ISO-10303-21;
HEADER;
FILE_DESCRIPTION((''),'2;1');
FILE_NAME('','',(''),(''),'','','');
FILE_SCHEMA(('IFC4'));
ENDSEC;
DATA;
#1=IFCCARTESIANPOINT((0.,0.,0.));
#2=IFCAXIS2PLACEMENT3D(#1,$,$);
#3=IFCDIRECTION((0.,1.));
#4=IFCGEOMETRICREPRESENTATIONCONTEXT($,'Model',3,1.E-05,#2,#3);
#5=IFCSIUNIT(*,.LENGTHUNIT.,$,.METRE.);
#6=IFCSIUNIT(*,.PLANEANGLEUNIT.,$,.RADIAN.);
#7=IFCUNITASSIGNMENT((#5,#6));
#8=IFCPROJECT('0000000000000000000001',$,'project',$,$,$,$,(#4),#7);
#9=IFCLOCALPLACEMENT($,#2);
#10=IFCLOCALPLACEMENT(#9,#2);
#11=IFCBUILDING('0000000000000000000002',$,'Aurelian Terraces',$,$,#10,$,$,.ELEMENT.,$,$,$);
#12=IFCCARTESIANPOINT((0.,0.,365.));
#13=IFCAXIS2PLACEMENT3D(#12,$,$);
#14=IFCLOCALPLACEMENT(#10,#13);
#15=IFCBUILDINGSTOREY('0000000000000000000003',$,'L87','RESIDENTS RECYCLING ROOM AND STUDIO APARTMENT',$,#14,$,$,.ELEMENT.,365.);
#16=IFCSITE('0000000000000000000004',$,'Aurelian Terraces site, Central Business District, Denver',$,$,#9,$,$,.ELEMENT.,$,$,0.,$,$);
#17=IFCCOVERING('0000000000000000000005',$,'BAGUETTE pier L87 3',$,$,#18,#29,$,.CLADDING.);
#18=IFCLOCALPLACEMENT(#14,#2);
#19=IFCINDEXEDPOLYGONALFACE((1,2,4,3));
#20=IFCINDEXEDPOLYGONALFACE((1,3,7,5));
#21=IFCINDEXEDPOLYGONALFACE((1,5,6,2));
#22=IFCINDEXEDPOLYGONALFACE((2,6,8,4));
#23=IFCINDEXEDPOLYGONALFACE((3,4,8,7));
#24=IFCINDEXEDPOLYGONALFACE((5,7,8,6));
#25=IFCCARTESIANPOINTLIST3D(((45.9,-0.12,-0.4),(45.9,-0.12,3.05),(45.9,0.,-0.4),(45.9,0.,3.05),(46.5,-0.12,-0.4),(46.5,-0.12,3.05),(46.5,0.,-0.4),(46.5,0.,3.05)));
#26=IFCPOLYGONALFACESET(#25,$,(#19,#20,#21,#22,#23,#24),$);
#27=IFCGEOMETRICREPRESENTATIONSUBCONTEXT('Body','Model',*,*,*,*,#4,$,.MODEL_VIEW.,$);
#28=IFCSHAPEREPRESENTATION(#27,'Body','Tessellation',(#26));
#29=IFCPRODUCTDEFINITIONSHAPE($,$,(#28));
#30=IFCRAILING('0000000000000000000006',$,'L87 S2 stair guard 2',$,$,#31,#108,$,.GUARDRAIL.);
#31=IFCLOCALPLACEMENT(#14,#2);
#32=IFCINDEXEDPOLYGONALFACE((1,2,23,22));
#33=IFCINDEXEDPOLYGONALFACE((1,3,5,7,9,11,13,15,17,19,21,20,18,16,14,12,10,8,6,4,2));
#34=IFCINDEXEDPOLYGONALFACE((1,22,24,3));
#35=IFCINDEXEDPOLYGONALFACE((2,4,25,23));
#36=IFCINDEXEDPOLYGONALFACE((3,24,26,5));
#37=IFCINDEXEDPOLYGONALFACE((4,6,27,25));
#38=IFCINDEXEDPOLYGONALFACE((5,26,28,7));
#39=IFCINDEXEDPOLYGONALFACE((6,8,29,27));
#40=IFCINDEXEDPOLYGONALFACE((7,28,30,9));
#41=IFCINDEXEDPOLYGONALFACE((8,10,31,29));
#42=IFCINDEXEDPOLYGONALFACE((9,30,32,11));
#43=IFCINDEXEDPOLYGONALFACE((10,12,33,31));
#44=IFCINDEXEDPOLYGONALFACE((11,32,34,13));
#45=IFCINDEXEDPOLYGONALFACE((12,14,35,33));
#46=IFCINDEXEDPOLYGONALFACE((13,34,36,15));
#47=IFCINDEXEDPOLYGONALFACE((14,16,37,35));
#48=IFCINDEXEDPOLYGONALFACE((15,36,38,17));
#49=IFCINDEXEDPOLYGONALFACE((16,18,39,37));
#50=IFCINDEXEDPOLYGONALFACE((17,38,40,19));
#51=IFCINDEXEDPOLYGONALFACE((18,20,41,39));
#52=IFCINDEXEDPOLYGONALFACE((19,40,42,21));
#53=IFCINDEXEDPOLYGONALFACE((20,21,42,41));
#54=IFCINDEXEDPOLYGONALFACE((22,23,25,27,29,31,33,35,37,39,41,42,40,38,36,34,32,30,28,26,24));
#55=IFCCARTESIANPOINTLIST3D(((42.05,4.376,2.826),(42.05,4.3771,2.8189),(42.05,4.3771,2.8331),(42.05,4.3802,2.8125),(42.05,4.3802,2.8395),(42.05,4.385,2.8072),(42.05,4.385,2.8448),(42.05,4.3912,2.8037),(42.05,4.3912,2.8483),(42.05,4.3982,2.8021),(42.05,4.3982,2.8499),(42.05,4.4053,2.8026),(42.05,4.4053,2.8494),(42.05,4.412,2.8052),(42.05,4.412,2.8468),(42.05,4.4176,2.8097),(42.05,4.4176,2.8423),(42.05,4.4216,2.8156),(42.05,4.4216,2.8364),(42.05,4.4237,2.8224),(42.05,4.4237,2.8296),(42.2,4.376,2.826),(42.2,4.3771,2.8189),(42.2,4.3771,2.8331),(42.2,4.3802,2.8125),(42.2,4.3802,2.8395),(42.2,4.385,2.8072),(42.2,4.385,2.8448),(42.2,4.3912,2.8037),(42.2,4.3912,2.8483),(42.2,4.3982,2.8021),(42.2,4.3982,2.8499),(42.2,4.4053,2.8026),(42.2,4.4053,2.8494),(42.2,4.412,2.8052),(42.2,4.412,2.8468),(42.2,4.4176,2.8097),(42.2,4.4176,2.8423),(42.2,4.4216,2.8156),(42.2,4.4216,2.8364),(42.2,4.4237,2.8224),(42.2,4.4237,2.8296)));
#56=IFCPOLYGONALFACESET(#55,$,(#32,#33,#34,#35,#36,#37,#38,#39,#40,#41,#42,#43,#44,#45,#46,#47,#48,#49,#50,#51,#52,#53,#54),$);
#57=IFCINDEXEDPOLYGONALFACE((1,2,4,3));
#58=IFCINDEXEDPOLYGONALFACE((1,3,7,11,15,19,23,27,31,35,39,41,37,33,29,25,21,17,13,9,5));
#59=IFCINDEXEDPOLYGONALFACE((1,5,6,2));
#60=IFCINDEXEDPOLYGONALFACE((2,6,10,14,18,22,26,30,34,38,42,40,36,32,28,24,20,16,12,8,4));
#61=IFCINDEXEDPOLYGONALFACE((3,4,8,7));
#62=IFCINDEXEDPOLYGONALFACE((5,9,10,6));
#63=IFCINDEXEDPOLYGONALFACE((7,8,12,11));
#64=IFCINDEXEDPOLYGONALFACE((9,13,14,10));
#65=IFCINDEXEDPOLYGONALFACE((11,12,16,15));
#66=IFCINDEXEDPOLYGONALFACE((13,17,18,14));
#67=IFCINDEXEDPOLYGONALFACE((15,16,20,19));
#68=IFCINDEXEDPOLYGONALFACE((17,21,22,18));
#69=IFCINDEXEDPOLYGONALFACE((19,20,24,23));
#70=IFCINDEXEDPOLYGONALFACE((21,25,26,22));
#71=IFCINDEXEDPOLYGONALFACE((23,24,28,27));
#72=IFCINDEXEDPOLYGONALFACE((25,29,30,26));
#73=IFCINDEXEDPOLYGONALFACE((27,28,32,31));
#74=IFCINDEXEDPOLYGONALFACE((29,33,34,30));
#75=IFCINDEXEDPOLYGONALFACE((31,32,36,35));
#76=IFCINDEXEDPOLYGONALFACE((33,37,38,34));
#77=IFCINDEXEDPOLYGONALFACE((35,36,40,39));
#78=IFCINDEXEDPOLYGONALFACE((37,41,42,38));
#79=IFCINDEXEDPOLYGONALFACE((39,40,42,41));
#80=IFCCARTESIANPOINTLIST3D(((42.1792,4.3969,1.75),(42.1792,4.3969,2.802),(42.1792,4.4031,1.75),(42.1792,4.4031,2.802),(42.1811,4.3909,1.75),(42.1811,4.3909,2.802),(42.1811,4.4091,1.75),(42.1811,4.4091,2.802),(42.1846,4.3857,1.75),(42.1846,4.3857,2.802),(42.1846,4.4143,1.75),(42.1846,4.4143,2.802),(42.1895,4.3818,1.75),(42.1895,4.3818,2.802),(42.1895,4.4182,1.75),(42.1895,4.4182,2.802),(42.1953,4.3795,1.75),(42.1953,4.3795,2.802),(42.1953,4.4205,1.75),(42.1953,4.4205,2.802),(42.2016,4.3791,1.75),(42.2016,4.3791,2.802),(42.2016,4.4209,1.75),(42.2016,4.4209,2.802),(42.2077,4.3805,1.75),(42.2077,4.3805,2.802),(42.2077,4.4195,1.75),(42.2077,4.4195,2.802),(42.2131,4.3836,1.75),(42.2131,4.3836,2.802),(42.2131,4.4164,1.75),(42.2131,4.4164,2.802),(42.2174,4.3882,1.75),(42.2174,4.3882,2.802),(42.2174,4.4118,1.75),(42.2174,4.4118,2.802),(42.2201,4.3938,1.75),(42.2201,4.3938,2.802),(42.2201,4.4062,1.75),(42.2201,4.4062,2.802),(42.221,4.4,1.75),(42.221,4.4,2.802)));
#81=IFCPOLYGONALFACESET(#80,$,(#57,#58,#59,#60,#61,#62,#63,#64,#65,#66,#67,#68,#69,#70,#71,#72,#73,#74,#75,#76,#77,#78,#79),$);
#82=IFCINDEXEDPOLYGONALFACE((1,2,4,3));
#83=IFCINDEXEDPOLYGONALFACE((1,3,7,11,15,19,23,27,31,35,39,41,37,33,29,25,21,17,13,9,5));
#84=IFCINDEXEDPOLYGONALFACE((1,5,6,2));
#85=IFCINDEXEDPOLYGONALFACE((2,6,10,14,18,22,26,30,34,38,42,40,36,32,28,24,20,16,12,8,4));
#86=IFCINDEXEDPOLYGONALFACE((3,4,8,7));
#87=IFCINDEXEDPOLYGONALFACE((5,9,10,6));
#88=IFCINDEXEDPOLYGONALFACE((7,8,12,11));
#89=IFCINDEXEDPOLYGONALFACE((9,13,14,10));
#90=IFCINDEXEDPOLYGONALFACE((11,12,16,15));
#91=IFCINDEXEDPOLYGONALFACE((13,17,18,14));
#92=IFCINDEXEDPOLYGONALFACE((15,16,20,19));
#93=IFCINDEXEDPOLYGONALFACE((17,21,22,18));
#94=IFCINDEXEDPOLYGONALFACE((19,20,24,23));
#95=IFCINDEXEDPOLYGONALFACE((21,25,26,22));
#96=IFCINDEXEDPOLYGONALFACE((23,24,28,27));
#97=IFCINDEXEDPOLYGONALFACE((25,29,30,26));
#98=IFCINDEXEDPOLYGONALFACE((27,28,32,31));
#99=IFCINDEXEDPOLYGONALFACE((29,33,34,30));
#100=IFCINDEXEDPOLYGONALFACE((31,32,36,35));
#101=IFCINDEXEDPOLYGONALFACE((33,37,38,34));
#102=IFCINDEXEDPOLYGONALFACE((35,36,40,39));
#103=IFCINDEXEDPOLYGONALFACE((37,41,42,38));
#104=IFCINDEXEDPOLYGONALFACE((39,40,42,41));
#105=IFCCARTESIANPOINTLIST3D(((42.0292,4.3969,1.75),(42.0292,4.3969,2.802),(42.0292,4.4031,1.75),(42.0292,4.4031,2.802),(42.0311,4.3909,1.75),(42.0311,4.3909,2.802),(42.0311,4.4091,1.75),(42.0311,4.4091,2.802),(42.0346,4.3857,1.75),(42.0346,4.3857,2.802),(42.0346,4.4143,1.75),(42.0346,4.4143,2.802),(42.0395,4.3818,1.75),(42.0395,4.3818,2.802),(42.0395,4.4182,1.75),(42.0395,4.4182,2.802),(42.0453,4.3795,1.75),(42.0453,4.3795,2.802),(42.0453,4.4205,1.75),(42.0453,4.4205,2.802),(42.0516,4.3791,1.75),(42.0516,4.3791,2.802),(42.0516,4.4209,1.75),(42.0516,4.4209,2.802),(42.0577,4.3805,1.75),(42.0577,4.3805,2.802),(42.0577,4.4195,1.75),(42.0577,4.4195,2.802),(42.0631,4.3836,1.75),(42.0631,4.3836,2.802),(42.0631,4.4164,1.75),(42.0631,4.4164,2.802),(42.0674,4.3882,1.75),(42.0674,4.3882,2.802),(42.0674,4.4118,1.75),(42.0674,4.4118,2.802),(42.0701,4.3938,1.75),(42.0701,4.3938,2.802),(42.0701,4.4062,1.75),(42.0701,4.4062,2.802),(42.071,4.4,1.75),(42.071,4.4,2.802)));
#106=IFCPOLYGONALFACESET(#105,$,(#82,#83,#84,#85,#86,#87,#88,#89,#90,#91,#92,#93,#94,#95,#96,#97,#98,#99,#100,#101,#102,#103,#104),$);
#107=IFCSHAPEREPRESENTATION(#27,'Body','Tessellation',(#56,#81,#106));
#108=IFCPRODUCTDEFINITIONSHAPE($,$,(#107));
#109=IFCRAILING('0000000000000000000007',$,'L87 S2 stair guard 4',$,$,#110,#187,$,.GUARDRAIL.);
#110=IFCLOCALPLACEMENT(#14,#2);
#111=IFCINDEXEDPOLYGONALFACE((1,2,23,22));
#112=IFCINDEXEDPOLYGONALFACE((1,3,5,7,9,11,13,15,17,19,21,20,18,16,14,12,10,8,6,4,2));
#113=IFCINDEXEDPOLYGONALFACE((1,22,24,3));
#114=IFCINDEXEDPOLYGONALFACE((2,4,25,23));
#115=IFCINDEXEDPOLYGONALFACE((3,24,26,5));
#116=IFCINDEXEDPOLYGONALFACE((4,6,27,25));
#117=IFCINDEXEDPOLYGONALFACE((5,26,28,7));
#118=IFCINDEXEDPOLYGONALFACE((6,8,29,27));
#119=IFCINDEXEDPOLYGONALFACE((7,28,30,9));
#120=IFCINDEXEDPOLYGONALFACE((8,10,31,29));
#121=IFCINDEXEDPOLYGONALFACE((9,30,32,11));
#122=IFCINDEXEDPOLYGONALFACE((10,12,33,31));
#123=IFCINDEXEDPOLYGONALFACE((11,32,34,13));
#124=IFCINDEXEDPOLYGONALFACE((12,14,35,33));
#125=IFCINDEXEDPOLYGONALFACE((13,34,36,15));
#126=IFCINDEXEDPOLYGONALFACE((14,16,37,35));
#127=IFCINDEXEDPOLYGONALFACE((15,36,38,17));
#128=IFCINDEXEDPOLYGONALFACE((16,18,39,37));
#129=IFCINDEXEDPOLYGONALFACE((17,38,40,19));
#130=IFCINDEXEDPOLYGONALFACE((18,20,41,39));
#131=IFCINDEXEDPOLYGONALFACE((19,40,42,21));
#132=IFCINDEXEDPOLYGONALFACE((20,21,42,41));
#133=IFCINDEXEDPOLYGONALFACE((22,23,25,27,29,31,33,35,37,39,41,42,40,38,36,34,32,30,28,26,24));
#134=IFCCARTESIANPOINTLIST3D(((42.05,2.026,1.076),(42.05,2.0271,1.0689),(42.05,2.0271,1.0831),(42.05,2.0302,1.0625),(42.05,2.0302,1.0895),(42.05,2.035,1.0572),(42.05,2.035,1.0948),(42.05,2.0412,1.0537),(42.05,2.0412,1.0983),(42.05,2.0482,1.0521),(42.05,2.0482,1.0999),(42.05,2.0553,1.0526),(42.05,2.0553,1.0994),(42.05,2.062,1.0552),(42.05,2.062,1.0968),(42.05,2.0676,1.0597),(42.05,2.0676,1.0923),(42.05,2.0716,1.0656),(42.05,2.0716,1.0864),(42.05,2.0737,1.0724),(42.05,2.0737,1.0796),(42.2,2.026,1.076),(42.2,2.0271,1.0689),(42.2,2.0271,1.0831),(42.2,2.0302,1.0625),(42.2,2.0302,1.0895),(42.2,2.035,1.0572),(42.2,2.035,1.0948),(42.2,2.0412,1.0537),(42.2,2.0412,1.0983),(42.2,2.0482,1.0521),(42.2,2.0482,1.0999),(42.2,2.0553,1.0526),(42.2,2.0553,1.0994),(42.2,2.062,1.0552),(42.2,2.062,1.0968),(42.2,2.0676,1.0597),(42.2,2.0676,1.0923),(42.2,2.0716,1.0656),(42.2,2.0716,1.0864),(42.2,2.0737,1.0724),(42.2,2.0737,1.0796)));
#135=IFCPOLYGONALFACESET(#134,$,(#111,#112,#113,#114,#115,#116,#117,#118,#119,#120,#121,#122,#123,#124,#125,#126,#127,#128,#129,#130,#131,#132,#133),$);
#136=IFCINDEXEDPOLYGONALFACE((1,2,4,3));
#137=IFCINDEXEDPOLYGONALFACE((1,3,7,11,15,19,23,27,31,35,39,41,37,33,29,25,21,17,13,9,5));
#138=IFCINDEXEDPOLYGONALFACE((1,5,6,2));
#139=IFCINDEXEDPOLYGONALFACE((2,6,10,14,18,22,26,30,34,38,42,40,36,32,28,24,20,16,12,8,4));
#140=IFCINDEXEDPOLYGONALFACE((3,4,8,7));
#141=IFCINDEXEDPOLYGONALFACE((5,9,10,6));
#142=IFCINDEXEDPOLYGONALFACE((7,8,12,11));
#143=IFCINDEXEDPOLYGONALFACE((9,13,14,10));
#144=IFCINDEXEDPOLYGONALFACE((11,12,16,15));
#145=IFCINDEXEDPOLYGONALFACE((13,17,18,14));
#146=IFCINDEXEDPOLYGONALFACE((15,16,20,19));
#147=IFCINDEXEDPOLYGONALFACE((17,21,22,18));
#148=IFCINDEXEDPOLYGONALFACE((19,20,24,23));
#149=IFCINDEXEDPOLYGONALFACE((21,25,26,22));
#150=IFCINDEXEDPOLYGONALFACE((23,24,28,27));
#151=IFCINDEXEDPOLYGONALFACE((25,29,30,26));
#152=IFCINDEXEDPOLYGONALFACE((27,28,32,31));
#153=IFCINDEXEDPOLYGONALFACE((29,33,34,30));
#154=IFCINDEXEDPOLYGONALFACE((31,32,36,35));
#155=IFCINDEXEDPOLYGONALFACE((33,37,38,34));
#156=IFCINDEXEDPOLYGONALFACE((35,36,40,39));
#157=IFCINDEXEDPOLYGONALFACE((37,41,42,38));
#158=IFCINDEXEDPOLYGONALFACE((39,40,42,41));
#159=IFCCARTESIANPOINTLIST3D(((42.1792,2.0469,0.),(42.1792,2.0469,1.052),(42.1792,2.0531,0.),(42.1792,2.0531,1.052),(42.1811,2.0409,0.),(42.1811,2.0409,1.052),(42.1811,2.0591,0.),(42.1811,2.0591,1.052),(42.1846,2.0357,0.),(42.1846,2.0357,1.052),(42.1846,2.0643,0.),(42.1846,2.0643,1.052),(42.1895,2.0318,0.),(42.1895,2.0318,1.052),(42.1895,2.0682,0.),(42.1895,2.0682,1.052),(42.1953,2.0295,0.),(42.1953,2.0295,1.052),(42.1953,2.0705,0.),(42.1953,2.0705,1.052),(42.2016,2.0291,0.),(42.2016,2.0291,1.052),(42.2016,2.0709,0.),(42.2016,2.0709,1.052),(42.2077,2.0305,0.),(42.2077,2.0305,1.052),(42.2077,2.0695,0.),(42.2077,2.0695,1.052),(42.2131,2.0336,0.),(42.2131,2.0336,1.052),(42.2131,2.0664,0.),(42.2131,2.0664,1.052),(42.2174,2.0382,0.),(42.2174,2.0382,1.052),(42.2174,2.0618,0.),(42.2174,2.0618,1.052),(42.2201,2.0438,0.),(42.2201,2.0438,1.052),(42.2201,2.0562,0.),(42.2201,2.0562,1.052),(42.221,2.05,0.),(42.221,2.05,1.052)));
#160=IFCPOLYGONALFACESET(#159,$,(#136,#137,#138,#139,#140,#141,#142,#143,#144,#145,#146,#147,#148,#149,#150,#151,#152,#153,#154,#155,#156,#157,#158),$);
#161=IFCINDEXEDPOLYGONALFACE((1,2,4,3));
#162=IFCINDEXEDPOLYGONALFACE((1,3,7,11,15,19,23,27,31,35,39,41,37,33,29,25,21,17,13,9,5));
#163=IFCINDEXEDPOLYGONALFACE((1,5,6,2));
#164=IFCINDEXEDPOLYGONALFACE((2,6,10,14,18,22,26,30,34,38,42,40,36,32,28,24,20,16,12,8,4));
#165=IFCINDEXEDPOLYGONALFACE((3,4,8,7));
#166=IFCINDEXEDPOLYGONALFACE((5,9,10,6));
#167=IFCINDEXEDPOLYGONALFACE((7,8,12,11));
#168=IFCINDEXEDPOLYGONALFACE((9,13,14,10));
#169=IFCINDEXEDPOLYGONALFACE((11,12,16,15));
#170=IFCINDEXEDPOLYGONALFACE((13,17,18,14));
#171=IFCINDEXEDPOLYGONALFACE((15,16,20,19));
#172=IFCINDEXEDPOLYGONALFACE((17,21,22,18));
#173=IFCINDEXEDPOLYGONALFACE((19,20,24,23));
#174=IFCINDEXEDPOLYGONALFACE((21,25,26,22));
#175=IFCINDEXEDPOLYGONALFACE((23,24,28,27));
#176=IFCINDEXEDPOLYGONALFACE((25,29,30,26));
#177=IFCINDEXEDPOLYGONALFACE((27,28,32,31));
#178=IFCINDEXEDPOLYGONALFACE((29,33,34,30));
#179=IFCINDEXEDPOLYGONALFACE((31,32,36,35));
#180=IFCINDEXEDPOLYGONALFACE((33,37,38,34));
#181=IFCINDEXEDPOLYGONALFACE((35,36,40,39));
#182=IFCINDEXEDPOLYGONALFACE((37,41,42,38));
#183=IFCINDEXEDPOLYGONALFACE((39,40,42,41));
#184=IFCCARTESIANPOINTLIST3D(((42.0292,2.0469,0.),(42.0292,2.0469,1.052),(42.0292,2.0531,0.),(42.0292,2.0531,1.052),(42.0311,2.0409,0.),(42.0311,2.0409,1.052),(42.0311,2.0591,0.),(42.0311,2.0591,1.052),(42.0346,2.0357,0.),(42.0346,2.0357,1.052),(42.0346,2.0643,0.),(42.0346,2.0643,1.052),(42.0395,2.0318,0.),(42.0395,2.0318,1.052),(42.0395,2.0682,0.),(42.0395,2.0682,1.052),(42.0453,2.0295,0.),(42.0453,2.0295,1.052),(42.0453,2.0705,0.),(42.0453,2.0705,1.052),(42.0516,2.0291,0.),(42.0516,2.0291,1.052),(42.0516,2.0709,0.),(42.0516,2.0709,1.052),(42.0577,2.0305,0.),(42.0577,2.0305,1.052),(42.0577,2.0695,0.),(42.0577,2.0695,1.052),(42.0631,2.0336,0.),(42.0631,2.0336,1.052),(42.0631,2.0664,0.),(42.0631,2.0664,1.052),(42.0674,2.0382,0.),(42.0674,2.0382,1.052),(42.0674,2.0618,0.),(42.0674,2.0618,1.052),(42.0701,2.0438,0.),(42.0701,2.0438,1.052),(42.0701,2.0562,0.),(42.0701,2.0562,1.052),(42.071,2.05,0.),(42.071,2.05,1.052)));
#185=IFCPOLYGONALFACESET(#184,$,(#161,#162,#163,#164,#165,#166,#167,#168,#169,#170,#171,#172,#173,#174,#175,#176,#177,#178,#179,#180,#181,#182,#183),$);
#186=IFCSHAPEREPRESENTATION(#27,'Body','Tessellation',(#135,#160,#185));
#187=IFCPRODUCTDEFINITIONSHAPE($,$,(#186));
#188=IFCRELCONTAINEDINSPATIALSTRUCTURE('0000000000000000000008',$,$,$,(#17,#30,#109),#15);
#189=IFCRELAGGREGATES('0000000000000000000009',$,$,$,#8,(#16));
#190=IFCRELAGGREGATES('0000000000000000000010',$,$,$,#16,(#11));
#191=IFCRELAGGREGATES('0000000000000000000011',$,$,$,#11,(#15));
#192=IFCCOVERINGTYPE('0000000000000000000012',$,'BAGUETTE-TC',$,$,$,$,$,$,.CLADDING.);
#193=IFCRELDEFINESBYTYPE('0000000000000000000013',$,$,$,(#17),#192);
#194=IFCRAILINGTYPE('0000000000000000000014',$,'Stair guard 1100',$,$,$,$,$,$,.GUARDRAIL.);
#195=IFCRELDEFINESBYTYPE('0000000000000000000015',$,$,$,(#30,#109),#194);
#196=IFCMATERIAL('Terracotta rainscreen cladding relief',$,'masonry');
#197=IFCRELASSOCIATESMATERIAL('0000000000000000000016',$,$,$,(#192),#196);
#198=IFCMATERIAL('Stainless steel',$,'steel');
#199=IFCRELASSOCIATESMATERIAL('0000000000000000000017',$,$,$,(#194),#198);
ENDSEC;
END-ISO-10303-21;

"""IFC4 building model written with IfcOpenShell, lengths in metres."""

from ifc_helpers import new_model, si_unit, direction, frame, origin, origin_2d, place, context, subcontext, project, spatial, rectangle, circle, extrude, source, transform, mapped, material, type_object, element, save


model = new_model("IFC4")

# Units and contexts
model_context = context("Model", 3, precision=1e-05, world=origin(), true_north=direction((0.0, 1.0)))
body_context = subcontext(model_context, "Body", "Model", "MODEL_VIEW")
ifc_project = project(units=[si_unit("LENGTHUNIT", "METRE"), si_unit("PLANEANGLEUNIT", "RADIAN")], contexts=[model_context])

# Site, building, storey
site_placement = place(None, origin())
site = spatial("IfcSite", under=ifc_project, at=site_placement, Name="Aurelian Terraces site, Central Business District, Denver", CompositionType="ELEMENT", RefElevation=0.0)
building_placement = place(site_placement, origin())
building = spatial("IfcBuilding", under=site, at=building_placement, Name="Aurelian Terraces", CompositionType="ELEMENT")
storey_placement = place(building_placement, frame((0.0, 0.0, 365.0)))
storey = spatial("IfcBuildingStorey", under=building, at=storey_placement, Name="L87", Description="RESIDENTS RECYCLING ROOM AND STUDIO APARTMENT", CompositionType="ELEMENT", Elevation=365.0)

# Covering
ifc_material_1 = material(Name="Terracotta rainscreen cladding relief", Category="masonry")
covering_type = type_object("IfcCoveringType", Name="BAGUETTE-TC", PredefinedType="CLADDING", material=ifc_material_1)
shared_shape_1 = source(origin(), body_context, "Body", "SweptSolid", [
    extrude(rectangle(XDim=0.6, YDim=0.12, at=origin_2d()), origin(), (0.0, 0.0, 1.0), 3.45),
])
covering_placement = place(storey_placement, frame((46.2, -0.06, -0.4), z_axis=(0.0, 0.0, 1.0), x_axis=(1.0, 0.0, 0.0)))
element("IfcCovering", 1, at=covering_placement, inside=storey, type_object=covering_type, Name="BAGUETTE pier L87 3", PredefinedType="CLADDING", context=body_context, shape_type="MappedRepresentation", body=[
    mapped(shared_shape_1, transform((0.0, 0.0, 0.0), scale=1.0)),
])

# Railings
ifc_material_2 = material(Name="Stainless steel", Category="steel")
railing_type_1 = type_object("IfcRailingType", Name="Stair guard 1100", PredefinedType="GUARDRAIL", material=ifc_material_2)
shared_shape_2 = source(origin(), body_context, "Body", "SweptSolid", [
    extrude(circle(Radius=0.024, at=origin_2d()), frame((0.0, 0.0, 1.076), z_axis=(-1.0, 0.0, 0.0), x_axis=(0.0, -1.0, 0.0)), (0.0, 0.0, 1.0), 0.15),
    extrude(circle(Radius=0.021, at=origin_2d()), origin(), (0.0, 0.0, 1.0), 1.052),
    extrude(circle(Radius=0.021, at=origin_2d()), frame((-0.15, 0.0, 0.0)), (0.0, 0.0, 1.0), 1.052),
])
for number, where, name in (
    (2, (42.2, 4.4, 1.75), "L87 S2 stair guard 2"),
    (3, (42.2, 2.05, 0.0), "L87 S2 stair guard 4"),
):
    element("IfcRailing", number, at=place(storey_placement, frame(where)), inside=storey, type_object=railing_type_1, Name=name, PredefinedType="GUARDRAIL", context=body_context, shape_type="MappedRepresentation", body=[
        mapped(shared_shape_2, transform((0.0, 0.0, 0.0), scale=1.0)),
    ])

save(model, "model.ifc")
